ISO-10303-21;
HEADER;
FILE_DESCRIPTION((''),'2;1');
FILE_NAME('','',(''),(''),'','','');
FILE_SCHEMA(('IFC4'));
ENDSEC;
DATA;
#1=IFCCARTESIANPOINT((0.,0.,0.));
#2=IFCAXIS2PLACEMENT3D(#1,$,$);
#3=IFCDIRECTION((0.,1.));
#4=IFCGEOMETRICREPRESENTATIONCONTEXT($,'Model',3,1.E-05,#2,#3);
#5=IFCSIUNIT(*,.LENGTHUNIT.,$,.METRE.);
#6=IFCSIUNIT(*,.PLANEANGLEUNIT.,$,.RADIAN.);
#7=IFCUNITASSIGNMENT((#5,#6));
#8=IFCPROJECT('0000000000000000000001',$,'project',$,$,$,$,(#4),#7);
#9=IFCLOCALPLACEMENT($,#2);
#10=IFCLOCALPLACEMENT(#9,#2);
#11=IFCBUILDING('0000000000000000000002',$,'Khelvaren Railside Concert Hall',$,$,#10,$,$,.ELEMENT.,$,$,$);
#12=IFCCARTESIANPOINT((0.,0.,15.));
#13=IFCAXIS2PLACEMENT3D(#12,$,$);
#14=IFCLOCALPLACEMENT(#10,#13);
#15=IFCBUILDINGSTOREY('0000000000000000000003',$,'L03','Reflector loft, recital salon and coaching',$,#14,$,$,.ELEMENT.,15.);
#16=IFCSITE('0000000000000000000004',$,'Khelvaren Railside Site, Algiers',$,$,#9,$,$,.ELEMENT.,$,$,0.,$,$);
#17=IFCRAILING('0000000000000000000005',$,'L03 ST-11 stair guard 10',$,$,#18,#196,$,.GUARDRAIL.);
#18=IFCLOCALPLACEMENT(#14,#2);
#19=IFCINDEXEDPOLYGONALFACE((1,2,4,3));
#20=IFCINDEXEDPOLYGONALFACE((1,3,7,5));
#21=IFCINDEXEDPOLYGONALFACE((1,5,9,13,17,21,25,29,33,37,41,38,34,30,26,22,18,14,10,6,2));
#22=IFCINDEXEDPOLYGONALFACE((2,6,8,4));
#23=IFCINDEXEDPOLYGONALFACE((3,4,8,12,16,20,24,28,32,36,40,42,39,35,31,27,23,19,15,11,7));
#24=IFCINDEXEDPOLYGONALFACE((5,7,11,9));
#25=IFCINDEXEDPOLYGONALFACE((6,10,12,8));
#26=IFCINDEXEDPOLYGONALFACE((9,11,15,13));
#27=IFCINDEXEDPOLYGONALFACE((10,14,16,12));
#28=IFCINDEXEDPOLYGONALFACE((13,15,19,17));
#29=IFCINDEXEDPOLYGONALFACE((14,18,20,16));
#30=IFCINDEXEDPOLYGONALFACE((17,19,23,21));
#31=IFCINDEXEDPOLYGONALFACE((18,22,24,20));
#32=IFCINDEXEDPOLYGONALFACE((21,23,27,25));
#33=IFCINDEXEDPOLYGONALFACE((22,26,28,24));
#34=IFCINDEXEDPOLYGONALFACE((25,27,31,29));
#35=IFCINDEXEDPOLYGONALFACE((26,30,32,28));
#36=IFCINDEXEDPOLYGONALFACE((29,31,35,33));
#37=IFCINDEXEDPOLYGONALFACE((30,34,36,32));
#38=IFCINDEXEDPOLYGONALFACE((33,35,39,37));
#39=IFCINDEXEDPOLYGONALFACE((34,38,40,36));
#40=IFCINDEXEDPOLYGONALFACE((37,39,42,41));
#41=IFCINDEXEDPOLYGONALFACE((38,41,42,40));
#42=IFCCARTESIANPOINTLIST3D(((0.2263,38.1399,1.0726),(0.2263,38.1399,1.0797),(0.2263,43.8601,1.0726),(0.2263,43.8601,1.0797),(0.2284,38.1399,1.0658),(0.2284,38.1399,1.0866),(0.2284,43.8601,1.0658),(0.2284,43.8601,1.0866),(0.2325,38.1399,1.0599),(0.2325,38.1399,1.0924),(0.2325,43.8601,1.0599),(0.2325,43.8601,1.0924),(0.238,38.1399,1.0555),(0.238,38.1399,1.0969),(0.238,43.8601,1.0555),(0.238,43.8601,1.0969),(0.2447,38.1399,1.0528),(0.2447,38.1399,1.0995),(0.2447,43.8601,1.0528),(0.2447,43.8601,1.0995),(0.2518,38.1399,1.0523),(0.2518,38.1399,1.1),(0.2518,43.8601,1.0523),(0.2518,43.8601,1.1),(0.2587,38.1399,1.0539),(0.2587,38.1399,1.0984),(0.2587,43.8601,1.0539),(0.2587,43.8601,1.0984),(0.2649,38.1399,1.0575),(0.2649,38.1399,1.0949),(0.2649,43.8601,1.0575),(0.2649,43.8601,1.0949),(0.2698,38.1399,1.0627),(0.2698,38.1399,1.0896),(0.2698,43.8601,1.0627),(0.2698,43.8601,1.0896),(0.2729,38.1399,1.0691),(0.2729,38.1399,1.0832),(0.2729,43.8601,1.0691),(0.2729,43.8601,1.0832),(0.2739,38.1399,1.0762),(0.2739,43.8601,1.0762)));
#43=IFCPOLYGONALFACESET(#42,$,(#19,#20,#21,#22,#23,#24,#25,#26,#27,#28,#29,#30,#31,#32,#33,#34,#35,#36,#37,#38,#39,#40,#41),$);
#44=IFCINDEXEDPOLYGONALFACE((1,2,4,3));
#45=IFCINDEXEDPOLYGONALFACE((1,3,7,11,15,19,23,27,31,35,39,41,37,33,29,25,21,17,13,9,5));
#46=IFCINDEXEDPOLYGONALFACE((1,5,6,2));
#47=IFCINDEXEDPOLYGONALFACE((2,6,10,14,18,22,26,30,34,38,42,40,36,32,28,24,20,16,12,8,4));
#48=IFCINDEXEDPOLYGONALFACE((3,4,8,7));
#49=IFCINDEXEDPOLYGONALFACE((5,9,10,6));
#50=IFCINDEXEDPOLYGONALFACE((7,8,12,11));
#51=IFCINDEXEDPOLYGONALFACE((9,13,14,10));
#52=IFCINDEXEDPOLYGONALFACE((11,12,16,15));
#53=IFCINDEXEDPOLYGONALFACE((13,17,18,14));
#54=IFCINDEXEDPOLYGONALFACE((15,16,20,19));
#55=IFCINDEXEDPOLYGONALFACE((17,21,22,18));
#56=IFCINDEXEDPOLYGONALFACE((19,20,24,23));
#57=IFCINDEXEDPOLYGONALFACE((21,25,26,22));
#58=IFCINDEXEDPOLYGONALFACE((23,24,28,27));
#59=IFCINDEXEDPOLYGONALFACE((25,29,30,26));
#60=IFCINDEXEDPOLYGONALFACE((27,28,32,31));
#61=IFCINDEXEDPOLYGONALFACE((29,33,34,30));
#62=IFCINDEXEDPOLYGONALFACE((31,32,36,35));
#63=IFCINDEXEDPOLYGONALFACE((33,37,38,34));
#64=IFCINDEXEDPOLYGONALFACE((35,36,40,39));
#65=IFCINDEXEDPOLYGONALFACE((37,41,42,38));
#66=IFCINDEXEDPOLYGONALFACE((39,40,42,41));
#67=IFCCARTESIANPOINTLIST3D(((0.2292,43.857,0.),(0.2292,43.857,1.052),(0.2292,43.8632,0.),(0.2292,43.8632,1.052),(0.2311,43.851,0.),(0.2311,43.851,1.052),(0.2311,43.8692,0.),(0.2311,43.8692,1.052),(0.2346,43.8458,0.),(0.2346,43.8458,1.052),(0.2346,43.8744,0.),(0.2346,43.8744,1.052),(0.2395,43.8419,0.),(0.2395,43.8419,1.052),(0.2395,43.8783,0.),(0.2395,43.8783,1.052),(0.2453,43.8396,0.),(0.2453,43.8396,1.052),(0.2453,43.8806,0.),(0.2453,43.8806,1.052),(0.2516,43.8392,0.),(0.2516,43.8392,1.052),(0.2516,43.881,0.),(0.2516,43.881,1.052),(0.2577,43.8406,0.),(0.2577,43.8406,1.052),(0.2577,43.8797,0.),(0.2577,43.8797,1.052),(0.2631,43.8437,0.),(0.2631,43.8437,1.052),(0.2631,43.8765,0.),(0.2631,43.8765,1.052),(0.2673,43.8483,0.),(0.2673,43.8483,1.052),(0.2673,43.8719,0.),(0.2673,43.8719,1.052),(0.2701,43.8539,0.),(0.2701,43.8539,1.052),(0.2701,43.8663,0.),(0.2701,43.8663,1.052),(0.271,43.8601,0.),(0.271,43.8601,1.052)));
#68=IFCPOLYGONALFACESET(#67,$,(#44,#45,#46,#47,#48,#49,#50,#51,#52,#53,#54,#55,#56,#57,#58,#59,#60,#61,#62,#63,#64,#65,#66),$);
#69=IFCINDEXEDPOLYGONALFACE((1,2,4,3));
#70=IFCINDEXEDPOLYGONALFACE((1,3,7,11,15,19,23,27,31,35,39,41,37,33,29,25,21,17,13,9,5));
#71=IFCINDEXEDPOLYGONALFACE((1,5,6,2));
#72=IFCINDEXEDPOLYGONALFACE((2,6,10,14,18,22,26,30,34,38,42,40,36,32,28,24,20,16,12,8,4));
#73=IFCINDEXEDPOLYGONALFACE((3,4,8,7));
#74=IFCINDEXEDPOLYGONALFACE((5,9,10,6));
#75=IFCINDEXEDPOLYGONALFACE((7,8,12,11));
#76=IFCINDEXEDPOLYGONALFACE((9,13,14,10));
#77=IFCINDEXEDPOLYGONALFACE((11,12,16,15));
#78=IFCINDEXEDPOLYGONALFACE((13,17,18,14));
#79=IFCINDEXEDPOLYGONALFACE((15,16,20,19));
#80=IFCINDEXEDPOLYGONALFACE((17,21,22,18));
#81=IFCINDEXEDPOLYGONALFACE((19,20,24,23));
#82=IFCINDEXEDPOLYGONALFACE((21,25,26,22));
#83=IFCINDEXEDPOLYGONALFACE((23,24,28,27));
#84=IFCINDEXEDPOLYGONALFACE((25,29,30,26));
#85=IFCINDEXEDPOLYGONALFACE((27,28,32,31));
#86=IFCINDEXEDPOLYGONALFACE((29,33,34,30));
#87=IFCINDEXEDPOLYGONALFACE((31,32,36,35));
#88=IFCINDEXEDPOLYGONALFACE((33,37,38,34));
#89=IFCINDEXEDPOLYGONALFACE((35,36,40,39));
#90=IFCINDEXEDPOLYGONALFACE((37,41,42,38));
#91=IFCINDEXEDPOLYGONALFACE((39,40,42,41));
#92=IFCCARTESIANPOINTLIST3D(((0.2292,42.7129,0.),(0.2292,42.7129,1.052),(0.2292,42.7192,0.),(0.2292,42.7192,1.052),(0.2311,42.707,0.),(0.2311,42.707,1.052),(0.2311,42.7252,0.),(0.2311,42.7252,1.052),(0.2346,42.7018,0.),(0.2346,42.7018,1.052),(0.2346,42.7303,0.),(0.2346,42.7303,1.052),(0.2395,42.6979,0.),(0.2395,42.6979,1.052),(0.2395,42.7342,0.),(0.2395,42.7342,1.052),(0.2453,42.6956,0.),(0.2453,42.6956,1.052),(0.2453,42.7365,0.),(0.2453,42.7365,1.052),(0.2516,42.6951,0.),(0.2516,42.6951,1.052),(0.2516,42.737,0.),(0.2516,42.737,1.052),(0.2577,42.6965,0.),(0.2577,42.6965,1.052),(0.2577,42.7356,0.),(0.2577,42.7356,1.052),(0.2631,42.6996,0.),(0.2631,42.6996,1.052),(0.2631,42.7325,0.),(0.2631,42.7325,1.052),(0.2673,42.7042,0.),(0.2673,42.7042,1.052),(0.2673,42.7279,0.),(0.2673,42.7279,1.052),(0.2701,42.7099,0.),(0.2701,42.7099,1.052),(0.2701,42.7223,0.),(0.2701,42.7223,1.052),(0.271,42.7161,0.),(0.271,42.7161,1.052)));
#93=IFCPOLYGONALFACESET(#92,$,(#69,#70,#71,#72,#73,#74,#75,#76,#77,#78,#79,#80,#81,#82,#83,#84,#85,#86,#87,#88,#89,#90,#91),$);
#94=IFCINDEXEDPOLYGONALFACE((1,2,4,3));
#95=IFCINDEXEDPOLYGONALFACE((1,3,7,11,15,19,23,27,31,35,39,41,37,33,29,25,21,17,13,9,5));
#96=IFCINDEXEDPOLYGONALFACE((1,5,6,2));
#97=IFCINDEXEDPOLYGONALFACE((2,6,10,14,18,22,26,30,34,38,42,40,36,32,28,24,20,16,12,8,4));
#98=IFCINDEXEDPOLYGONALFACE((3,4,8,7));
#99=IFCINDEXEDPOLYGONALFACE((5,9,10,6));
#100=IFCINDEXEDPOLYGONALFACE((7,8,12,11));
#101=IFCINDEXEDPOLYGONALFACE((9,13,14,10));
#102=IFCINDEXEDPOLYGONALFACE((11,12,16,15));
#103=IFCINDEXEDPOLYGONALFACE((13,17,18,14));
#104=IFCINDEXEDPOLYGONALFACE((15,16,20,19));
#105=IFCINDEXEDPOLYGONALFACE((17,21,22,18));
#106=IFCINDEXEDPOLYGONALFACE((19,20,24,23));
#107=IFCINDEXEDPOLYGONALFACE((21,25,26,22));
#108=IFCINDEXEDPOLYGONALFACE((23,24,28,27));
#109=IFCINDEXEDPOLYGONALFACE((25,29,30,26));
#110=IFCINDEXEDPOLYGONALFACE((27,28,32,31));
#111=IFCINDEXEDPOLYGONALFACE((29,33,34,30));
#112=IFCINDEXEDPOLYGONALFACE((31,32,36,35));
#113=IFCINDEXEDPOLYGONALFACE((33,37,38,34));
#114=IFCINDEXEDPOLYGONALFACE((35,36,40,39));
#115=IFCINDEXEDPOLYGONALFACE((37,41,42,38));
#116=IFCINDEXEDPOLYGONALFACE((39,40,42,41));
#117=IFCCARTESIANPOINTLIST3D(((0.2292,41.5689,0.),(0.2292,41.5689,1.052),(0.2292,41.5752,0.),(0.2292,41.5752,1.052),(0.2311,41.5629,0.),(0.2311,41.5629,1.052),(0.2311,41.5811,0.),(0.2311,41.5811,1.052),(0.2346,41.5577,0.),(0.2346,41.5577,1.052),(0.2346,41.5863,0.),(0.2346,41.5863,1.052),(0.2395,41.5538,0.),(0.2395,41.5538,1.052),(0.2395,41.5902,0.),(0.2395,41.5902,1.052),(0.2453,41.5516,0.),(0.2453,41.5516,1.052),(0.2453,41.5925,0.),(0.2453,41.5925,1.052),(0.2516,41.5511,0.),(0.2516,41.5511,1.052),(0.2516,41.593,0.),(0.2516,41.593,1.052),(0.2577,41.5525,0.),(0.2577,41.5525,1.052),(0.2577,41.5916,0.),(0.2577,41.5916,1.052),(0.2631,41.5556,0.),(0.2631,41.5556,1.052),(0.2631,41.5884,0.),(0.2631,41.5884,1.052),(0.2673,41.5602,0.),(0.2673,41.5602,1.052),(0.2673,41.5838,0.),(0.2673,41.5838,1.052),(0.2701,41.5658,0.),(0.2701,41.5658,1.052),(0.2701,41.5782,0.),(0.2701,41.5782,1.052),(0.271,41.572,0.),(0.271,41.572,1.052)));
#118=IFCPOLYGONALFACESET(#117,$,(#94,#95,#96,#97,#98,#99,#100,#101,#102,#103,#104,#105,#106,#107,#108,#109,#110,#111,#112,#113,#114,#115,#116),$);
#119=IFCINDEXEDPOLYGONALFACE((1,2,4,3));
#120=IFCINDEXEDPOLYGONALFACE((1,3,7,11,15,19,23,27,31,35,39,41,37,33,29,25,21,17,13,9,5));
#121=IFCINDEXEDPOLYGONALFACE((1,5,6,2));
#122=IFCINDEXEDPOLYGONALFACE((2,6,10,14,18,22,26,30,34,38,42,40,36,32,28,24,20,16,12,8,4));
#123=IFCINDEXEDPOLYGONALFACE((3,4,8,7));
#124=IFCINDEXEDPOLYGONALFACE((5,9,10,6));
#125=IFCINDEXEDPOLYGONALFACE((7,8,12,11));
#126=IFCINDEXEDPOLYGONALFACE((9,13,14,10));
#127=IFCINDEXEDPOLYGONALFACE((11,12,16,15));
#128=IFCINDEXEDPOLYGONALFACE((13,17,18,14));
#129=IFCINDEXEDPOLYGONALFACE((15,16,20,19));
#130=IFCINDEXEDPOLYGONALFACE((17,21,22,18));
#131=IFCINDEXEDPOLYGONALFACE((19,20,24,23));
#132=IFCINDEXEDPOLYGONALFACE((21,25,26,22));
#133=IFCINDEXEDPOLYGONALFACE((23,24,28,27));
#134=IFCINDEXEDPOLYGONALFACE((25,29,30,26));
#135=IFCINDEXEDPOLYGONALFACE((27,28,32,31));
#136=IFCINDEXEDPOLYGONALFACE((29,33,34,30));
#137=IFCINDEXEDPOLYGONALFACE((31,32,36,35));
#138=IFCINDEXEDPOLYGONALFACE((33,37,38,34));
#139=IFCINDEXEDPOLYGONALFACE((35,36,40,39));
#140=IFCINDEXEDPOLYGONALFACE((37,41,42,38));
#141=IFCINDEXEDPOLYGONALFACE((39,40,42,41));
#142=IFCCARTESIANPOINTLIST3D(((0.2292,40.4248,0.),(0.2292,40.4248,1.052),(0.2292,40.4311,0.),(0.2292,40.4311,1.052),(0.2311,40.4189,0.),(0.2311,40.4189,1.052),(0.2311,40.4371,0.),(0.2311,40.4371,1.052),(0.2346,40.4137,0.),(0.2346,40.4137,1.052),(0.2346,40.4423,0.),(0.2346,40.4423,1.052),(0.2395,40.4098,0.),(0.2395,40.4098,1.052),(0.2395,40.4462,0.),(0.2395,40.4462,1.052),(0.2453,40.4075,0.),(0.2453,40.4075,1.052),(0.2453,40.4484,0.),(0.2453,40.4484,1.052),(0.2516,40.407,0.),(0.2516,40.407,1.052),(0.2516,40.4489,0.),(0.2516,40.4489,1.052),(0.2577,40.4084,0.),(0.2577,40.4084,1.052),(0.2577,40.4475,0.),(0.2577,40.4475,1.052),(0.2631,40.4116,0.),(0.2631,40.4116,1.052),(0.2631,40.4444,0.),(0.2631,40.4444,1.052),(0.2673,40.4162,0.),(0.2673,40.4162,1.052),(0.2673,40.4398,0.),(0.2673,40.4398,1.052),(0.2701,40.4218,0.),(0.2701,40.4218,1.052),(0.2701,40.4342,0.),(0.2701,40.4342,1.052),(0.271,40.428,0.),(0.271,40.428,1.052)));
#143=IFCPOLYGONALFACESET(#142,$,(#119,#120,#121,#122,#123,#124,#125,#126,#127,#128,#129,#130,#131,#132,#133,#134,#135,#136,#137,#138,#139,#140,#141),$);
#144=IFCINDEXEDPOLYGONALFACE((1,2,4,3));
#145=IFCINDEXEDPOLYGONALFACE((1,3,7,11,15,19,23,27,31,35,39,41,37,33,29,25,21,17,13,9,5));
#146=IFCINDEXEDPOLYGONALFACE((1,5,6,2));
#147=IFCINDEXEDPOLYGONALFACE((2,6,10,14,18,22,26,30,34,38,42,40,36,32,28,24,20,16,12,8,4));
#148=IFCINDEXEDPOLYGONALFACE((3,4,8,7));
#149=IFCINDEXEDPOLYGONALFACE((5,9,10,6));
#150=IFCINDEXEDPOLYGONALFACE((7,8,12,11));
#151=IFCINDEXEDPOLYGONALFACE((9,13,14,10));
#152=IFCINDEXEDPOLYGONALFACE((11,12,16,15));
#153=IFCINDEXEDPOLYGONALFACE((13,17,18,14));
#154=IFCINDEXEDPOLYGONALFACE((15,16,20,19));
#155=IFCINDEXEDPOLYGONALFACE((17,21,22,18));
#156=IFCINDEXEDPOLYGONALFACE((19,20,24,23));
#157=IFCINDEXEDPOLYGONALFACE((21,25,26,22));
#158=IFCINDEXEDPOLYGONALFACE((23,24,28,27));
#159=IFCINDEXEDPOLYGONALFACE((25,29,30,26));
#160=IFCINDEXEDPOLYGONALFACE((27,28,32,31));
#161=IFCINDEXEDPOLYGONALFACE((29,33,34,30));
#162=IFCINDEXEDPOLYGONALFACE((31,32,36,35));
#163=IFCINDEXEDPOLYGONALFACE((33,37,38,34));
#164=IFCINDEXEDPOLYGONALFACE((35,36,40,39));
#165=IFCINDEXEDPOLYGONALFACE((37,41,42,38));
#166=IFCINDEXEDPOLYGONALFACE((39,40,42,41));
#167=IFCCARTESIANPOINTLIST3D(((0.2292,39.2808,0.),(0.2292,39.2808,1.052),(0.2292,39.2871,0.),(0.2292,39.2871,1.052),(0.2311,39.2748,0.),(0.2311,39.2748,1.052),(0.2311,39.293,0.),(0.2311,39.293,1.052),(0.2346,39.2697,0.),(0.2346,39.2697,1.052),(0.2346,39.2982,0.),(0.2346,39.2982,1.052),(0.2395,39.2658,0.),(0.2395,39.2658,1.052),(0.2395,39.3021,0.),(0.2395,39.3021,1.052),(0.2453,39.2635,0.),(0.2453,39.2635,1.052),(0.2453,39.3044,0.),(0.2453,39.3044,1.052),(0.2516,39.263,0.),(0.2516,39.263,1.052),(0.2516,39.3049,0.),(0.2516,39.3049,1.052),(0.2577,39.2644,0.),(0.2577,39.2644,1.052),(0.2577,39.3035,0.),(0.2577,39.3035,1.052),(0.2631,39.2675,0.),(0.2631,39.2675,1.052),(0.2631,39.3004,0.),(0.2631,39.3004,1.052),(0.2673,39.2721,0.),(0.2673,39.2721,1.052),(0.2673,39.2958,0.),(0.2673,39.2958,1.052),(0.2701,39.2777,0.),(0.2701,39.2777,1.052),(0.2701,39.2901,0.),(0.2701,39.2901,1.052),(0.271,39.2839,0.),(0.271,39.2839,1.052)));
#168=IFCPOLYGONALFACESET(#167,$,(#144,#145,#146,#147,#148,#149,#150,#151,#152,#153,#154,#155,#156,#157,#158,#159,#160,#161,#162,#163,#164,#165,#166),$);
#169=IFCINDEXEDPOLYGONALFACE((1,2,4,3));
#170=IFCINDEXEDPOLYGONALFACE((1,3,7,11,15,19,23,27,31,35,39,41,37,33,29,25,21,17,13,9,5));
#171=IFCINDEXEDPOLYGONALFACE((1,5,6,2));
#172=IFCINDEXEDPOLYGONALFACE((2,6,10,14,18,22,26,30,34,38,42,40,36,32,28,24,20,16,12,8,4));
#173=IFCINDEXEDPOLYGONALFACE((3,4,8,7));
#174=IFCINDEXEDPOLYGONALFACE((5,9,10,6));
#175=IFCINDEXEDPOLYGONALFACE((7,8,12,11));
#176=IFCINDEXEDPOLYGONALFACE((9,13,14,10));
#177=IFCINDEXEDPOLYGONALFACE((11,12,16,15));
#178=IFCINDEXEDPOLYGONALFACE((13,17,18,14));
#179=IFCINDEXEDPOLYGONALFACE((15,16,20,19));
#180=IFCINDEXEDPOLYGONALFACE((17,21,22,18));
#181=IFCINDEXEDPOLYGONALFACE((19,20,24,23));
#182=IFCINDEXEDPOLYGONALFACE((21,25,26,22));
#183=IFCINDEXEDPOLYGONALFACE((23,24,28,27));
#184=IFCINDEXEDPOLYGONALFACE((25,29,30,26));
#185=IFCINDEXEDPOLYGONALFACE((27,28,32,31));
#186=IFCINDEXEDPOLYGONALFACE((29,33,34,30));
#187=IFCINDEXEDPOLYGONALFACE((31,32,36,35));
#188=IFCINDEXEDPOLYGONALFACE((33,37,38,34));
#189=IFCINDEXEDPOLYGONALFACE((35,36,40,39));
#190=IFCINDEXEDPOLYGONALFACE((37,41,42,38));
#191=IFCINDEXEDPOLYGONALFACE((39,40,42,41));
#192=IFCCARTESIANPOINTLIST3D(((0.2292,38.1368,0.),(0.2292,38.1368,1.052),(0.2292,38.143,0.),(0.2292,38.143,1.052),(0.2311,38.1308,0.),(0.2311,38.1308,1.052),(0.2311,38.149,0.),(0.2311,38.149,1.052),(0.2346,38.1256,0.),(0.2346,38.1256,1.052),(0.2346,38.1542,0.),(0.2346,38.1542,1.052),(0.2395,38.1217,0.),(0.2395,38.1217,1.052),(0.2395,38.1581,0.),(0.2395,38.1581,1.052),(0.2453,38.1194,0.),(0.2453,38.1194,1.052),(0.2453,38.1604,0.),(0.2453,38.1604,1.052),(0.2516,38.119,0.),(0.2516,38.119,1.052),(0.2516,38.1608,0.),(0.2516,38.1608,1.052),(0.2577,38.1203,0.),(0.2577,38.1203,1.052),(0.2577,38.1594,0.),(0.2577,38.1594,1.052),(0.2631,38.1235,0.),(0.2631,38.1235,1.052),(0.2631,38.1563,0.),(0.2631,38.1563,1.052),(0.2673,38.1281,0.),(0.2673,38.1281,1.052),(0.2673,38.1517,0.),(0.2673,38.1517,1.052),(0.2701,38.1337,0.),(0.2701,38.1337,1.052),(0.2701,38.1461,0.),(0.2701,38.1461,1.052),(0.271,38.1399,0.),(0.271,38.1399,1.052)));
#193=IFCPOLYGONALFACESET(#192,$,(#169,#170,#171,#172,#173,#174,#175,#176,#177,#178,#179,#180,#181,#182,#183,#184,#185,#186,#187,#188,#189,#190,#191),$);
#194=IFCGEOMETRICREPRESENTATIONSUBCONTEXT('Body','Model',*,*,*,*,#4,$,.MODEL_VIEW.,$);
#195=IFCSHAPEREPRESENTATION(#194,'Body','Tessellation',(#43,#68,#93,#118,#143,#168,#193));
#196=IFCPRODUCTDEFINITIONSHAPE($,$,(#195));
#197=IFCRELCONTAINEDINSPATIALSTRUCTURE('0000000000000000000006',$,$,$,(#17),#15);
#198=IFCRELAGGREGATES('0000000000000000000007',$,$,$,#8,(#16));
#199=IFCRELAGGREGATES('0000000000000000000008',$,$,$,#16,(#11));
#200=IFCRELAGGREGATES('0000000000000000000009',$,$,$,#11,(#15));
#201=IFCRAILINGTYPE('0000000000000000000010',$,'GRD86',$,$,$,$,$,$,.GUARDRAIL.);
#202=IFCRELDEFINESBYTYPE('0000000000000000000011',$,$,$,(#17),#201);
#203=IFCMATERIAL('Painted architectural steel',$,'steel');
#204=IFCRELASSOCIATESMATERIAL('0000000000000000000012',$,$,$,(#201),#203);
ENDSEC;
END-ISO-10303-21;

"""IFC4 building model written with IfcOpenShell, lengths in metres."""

from ifc_helpers import new_model, si_unit, direction, frame, origin, origin_2d, place, context, subcontext, project, spatial, circle, extrude, material, type_object, element, save


model = new_model("IFC4")

# Units and contexts
model_context = context("Model", 3, precision=1e-05, world=origin(), true_north=direction((0.0, 1.0)))
body_context = subcontext(model_context, "Body", "Model", "MODEL_VIEW")
ifc_project = project(units=[si_unit("LENGTHUNIT", "METRE"), si_unit("PLANEANGLEUNIT", "RADIAN")], contexts=[model_context])

# Site, building, storey
site_placement = place(None, origin())
site = spatial("IfcSite", under=ifc_project, at=site_placement, Name="Khelvaren Railside Site, Algiers", CompositionType="ELEMENT", RefElevation=0.0)
building_placement = place(site_placement, origin())
building = spatial("IfcBuilding", under=site, at=building_placement, Name="Khelvaren Railside Concert Hall", CompositionType="ELEMENT")
storey_placement = place(building_placement, frame((0.0, 0.0, 15.0)))
storey = spatial("IfcBuildingStorey", under=building, at=storey_placement, Name="L03", Description="Reflector loft, recital salon and coaching", CompositionType="ELEMENT", Elevation=15.0)

# Railing
ifc_material_1 = material(Name="Painted architectural steel", Category="steel")
railing_type = type_object("IfcRailingType", Name="GRD86", PredefinedType="GUARDRAIL", material=ifc_material_1)
for number, where, name in (
    (1, (0.25, 43.8601, 0.0), "L03 ST-11 stair guard 10"),
):
    element("IfcRailing", number, at=place(storey_placement, frame(where)), inside=storey, type_object=railing_type, Name=name, PredefinedType="GUARDRAIL", context=body_context, shape_type="SweptSolid", body=[
        extrude(circle(Radius=0.0239, at=origin_2d()), frame((0.0, 0.0, 1.0762), z_axis=(0.0, -1.0, 0.0), x_axis=(1.0, 0.0, 0.0)), (0.0, 0.0, 1.0), 5.7202),
        extrude(circle(Radius=0.021, at=origin_2d()), origin(), (0.0, 0.0, 1.0), 1.052),
        extrude(circle(Radius=0.021, at=origin_2d()), frame((0.0, -1.144, 0.0)), (0.0, 0.0, 1.0), 1.052),
        extrude(circle(Radius=0.021, at=origin_2d()), frame((0.0, -2.2881, 0.0)), (0.0, 0.0, 1.0), 1.052),
        extrude(circle(Radius=0.021, at=origin_2d()), frame((0.0, -3.4321, 0.0)), (0.0, 0.0, 1.0), 1.052),
        extrude(circle(Radius=0.021, at=origin_2d()), frame((0.0, -4.5762, 0.0)), (0.0, 0.0, 1.0), 1.052),
        extrude(circle(Radius=0.021, at=origin_2d()), frame((0.0, -5.7202, 0.0)), (0.0, 0.0, 1.0), 1.052),
    ])

save(model, "model.ifc")
